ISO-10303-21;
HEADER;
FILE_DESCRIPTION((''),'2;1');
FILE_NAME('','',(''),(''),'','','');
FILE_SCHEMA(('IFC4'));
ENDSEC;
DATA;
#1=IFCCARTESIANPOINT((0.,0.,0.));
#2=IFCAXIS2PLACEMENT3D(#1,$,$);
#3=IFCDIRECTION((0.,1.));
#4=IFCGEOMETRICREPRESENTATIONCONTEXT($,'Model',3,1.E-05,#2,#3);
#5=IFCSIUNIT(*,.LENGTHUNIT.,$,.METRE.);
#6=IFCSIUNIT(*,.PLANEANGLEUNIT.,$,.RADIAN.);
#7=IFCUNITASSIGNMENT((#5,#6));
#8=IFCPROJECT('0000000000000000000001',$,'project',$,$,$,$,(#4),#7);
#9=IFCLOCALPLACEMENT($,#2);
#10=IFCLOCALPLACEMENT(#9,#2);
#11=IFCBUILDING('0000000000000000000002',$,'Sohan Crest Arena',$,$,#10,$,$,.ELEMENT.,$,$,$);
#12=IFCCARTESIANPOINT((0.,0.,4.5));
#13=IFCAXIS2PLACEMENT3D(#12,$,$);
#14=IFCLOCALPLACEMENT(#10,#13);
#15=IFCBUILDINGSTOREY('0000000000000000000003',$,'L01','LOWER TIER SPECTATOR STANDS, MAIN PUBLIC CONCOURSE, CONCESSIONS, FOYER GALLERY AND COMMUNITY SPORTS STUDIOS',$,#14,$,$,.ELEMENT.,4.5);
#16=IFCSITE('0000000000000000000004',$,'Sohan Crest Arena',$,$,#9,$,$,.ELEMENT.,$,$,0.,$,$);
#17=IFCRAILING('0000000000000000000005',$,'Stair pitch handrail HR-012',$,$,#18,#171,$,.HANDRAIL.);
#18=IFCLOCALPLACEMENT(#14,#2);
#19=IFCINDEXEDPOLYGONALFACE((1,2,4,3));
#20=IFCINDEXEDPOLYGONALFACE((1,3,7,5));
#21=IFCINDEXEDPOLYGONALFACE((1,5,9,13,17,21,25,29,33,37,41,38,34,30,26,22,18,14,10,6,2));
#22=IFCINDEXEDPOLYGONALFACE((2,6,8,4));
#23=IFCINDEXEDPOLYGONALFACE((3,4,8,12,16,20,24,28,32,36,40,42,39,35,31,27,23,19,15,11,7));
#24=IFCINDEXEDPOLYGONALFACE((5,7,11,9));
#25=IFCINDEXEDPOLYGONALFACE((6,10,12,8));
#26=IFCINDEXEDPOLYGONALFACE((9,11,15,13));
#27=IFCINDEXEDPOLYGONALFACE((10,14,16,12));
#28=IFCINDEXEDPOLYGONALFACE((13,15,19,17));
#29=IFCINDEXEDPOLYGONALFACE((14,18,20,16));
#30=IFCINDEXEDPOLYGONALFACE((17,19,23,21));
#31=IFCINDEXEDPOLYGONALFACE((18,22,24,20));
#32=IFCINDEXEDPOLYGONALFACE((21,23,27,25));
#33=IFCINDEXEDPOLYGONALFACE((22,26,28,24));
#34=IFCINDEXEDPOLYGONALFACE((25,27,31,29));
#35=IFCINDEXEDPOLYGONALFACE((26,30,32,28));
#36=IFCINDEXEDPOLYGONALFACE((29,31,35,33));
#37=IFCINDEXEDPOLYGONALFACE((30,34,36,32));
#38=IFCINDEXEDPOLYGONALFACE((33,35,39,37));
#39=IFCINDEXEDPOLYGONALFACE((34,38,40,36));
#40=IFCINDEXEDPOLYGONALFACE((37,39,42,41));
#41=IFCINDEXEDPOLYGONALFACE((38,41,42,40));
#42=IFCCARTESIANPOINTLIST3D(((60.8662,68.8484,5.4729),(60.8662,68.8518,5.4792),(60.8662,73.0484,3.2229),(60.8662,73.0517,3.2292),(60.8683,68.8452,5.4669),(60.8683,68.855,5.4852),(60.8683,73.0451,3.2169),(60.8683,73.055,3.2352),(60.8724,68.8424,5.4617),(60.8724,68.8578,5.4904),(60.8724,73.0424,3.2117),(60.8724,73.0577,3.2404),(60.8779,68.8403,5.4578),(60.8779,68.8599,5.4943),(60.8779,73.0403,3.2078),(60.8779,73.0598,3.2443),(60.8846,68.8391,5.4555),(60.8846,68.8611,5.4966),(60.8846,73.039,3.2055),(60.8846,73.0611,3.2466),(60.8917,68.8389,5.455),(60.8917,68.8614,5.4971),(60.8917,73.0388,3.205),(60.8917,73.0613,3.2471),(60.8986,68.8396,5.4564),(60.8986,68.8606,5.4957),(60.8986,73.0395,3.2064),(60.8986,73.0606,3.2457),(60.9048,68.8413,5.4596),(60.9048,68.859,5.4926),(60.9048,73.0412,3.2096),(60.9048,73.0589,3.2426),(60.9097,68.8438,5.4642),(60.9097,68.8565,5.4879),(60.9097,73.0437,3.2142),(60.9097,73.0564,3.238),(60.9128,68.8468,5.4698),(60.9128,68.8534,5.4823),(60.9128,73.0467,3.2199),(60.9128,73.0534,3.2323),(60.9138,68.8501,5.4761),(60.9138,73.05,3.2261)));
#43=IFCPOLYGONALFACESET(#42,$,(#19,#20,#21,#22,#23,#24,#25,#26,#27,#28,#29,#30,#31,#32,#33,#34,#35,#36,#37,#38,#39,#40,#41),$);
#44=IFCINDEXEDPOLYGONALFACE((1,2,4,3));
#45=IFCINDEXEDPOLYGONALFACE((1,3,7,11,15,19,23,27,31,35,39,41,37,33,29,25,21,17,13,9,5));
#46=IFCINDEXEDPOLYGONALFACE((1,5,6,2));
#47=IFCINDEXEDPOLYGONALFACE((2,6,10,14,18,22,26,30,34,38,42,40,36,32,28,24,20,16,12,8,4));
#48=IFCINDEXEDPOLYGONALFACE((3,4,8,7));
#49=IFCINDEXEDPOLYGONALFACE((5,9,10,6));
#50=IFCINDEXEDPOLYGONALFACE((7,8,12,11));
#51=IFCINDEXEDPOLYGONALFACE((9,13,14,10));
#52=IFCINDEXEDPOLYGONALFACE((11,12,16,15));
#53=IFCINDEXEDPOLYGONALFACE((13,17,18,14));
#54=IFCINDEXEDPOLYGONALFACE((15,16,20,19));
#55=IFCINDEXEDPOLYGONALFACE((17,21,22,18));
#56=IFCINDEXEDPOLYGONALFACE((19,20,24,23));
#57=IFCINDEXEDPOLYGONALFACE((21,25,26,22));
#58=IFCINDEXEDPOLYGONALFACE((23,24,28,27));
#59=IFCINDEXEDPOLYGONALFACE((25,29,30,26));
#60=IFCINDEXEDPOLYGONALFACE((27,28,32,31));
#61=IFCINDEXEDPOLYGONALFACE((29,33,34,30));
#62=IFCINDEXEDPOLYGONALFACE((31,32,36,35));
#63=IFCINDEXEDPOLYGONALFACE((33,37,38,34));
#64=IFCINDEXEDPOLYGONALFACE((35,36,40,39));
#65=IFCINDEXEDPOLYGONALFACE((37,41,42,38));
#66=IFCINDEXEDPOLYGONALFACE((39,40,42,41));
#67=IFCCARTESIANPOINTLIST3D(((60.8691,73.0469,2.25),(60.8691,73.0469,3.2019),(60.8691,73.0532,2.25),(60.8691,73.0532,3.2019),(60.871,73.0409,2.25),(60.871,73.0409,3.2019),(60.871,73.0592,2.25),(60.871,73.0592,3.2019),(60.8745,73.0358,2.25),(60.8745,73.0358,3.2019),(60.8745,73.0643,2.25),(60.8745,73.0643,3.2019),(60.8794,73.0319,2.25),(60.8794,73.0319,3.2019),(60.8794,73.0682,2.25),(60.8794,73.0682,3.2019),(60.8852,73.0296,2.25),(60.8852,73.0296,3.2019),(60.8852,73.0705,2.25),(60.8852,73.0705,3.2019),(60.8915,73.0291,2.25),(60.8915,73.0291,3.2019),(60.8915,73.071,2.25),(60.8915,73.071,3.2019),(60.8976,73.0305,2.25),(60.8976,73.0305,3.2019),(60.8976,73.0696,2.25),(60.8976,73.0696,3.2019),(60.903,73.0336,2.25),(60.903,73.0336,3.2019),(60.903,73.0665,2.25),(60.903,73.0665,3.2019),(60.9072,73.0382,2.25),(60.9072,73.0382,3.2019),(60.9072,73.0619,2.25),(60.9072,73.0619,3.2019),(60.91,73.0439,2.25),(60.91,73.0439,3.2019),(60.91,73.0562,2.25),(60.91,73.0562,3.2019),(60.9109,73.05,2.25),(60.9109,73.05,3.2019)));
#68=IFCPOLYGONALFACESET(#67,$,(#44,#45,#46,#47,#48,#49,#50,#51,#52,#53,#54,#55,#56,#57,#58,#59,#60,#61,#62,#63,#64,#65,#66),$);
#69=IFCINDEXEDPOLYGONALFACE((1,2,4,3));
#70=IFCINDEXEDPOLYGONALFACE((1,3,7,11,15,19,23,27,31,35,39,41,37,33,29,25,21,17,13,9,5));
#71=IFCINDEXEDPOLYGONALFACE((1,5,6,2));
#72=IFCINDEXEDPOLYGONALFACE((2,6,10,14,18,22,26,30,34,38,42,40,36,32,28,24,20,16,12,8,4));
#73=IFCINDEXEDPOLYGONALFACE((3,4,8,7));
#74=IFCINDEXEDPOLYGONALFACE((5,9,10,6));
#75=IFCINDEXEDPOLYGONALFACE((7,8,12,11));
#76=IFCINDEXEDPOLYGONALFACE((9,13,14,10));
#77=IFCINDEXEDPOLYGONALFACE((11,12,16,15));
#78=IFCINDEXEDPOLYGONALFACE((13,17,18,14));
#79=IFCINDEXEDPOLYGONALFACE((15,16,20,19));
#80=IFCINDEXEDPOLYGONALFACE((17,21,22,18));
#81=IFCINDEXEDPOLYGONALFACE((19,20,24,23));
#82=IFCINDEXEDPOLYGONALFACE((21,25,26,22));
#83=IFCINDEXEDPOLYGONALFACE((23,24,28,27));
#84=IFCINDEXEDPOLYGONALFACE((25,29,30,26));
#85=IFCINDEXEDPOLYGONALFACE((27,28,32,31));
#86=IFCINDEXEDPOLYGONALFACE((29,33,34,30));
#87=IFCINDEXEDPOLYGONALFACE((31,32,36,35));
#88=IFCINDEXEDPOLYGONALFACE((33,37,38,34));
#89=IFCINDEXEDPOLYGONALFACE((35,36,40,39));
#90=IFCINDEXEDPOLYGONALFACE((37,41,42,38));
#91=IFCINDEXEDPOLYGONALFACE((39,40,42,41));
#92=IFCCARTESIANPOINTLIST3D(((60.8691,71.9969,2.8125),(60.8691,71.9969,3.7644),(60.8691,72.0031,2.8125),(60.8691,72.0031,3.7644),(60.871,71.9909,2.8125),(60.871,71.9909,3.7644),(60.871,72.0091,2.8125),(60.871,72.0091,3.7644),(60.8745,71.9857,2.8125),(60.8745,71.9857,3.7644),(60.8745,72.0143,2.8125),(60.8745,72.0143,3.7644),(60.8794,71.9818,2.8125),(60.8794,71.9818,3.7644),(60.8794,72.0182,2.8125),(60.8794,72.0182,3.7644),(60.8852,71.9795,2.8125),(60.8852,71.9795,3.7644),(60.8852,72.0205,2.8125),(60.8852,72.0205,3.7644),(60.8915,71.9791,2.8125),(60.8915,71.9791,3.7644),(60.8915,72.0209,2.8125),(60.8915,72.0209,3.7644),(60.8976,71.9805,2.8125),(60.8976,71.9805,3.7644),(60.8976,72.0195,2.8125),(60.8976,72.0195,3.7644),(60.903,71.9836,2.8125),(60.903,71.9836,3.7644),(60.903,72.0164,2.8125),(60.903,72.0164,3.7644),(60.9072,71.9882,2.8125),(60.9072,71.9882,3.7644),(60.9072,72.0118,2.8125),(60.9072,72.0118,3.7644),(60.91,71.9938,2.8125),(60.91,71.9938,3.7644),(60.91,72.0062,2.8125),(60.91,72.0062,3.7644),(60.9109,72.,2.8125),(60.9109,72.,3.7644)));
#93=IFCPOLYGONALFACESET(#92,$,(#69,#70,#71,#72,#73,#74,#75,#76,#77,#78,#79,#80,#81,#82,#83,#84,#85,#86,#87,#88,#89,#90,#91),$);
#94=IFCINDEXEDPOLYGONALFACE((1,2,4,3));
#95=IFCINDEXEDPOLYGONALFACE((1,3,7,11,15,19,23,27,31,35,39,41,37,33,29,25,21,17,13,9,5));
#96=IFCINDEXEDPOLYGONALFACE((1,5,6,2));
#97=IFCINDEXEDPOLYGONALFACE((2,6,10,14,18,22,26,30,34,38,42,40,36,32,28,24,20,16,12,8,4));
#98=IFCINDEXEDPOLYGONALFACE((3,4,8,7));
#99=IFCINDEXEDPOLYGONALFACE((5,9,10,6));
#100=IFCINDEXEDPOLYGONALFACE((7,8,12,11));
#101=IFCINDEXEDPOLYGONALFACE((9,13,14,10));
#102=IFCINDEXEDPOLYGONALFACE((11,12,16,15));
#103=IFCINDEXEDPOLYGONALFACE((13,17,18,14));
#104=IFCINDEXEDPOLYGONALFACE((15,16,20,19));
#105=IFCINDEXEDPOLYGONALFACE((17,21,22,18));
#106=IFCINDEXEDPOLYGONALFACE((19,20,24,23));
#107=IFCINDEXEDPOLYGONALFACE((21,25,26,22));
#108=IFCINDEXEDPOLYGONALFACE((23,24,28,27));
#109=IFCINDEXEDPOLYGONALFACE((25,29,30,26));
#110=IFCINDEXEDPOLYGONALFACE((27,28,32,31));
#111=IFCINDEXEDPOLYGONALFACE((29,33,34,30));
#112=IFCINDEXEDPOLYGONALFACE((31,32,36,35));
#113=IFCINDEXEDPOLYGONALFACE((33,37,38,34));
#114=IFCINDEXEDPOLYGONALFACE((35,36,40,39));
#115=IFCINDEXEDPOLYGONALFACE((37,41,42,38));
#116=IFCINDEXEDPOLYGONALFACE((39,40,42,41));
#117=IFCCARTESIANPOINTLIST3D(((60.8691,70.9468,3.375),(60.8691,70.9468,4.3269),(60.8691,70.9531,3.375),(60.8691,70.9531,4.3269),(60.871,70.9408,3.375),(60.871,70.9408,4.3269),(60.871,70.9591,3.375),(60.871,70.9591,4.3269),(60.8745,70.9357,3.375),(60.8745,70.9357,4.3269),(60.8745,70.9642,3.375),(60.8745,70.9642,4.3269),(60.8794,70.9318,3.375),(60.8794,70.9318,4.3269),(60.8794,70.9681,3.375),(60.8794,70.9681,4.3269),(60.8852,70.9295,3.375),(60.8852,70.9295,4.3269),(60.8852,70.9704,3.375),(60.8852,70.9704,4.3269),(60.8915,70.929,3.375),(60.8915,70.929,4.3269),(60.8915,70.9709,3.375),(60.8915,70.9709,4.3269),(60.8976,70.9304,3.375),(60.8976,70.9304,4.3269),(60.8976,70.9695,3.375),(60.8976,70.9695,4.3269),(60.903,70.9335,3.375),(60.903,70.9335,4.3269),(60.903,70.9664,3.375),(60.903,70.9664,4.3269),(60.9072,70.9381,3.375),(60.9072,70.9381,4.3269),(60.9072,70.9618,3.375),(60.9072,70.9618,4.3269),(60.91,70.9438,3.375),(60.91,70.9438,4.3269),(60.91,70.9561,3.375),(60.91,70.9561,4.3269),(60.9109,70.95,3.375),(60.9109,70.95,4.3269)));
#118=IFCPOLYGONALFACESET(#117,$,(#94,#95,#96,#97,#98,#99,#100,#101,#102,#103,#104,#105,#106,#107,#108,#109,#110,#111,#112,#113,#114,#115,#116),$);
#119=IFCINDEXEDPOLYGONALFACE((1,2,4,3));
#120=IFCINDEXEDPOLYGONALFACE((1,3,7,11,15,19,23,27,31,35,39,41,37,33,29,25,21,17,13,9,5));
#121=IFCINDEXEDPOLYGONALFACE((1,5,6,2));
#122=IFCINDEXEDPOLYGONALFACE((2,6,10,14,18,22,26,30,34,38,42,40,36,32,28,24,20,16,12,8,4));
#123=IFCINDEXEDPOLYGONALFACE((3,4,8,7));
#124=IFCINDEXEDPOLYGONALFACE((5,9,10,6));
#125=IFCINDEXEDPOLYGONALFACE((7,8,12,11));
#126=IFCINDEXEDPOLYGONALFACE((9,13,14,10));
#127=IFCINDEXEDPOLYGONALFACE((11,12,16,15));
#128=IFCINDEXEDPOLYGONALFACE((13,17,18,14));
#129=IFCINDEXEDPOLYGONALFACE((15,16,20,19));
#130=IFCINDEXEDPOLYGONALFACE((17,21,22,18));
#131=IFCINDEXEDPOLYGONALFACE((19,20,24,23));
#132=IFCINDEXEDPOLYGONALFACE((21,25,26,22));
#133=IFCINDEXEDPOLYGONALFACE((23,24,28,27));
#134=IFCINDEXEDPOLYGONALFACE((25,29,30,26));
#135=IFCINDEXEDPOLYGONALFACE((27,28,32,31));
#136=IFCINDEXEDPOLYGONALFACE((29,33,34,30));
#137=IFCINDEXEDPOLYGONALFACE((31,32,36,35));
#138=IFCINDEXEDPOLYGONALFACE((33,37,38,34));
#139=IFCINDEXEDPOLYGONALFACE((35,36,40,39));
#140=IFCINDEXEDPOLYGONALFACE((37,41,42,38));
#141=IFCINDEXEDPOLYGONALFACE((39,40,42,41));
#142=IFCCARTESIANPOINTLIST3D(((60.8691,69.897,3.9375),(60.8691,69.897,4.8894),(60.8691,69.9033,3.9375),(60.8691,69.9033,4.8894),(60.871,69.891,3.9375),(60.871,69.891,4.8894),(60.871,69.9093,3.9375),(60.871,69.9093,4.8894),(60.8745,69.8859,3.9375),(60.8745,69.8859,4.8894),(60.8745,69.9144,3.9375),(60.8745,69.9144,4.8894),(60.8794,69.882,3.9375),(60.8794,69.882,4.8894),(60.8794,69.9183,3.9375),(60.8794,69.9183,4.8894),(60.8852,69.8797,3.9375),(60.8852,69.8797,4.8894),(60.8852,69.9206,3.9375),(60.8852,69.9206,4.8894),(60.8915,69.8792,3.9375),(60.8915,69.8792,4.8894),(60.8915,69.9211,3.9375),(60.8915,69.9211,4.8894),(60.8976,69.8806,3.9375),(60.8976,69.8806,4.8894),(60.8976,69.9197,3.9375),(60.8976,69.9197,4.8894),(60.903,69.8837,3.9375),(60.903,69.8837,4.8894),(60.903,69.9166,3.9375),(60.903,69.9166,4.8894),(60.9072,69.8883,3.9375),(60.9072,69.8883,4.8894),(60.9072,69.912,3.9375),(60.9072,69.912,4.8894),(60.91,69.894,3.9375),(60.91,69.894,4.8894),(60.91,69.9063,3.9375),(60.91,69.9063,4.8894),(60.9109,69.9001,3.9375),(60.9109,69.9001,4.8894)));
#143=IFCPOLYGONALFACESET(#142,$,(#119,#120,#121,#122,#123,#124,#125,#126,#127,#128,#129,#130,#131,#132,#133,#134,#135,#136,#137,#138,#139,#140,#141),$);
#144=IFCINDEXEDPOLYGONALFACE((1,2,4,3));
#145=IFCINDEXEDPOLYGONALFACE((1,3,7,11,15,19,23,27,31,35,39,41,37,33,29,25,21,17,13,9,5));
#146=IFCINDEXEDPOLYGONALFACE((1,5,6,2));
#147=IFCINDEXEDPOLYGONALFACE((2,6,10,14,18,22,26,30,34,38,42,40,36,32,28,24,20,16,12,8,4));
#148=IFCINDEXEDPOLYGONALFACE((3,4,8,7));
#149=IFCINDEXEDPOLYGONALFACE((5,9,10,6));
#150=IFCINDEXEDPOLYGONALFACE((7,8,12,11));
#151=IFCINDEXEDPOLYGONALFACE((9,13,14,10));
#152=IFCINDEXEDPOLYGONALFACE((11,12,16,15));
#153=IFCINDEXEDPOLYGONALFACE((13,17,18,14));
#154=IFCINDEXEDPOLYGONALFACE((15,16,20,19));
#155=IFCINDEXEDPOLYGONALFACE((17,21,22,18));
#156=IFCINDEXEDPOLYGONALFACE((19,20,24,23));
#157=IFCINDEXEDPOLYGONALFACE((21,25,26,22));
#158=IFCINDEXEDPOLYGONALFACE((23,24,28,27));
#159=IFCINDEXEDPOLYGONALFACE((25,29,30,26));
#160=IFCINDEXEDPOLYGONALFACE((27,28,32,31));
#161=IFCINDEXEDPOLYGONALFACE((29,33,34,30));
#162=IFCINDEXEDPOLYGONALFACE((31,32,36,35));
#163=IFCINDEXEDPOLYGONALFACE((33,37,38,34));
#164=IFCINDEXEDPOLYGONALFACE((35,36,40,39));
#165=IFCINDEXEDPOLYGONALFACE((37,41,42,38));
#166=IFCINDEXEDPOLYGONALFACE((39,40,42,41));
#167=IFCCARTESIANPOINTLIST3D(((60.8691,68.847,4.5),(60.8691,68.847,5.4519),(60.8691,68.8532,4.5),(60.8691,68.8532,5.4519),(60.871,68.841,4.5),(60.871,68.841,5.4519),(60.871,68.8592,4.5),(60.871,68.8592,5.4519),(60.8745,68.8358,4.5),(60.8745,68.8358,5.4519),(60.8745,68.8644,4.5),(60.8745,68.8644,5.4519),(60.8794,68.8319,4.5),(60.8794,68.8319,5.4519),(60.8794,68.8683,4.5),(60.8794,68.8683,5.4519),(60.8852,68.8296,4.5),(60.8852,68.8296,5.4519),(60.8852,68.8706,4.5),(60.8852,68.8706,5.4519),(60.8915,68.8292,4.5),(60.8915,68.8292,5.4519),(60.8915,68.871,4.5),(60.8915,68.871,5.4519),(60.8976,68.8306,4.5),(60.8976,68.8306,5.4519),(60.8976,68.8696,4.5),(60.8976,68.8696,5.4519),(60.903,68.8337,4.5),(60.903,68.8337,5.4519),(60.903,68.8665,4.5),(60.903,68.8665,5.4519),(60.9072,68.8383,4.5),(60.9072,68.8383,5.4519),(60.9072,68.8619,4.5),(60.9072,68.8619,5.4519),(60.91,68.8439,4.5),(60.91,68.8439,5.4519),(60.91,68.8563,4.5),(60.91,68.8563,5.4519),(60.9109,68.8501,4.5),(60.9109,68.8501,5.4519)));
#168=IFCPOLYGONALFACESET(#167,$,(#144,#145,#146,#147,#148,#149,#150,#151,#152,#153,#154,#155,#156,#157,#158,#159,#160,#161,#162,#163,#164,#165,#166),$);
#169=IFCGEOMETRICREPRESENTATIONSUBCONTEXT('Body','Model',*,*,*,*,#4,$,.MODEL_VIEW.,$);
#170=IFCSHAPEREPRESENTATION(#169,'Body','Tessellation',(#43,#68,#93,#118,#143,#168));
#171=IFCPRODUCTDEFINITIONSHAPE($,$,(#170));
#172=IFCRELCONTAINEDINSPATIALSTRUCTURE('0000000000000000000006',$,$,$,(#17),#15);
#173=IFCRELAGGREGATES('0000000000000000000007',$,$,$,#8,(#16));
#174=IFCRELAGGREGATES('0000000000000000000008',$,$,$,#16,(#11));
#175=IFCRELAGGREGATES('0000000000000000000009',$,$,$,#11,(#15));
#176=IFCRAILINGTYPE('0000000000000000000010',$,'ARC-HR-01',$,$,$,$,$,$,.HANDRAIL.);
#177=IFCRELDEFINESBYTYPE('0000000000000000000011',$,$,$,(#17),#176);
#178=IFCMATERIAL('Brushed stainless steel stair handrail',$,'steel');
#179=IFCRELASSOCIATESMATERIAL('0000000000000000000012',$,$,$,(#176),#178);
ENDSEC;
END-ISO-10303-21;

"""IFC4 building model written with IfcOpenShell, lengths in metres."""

from ifc_helpers import new_model, si_unit, direction, frame, origin, origin_2d, place, context, subcontext, project, spatial, circle, extrude, material, type_object, element, save


model = new_model("IFC4")

# Units and contexts
model_context = context("Model", 3, precision=1e-05, world=origin(), true_north=direction((0.0, 1.0)))
body_context = subcontext(model_context, "Body", "Model", "MODEL_VIEW")
ifc_project = project(units=[si_unit("LENGTHUNIT", "METRE"), si_unit("PLANEANGLEUNIT", "RADIAN")], contexts=[model_context])

# Site, building, storey
site_placement = place(None, origin())
site = spatial("IfcSite", under=ifc_project, at=site_placement, Name="Sohan Crest Arena", CompositionType="ELEMENT", RefElevation=0.0)
building_placement = place(site_placement, origin())
building = spatial("IfcBuilding", under=site, at=building_placement, Name="Sohan Crest Arena", CompositionType="ELEMENT")
storey_placement = place(building_placement, frame((0.0, 0.0, 4.5)))
storey = spatial("IfcBuildingStorey", under=building, at=storey_placement, Name="L01", Description="LOWER TIER SPECTATOR STANDS, MAIN PUBLIC CONCOURSE, CONCESSIONS, FOYER GALLERY AND COMMUNITY SPORTS STUDIOS", CompositionType="ELEMENT", Elevation=4.5)

# Railing
ifc_material_1 = material(Name="Brushed stainless steel stair handrail", Category="steel")
railing_type_1 = type_object("IfcRailingType", Name="ARC-HR-01", PredefinedType="HANDRAIL", material=ifc_material_1)
for number, where, name in (
    (1, (60.8899, 73.05, 2.25), "Stair pitch handrail HR-012"),
):
    element("IfcRailing", number, at=place(storey_placement, frame(where)), inside=storey, type_object=railing_type_1, Name=name, PredefinedType="HANDRAIL", context=body_context, shape_type="SweptSolid", body=[
        extrude(circle(Radius=0.0239, at=origin_2d()), frame((0.0, 0.0, 0.9761), z_axis=(0.0, -0.881478, 0.472226), x_axis=(1.0, 0.0, 0.0)), (0.0, 0.0, 1.0), 4.7646),
        extrude(circle(Radius=0.021, at=origin_2d()), origin(), (0.0, 0.0, 1.0), 0.9519),
        extrude(circle(Radius=0.021, at=origin_2d()), frame((0.0, -1.05, 0.5625)), (0.0, 0.0, 1.0), 0.9519),
        extrude(circle(Radius=0.021, at=origin_2d()), frame((0.0, -2.1001, 1.125)), (0.0, 0.0, 1.0), 0.9519),
        extrude(circle(Radius=0.021, at=origin_2d()), frame((0.0, -3.1499, 1.6875)), (0.0, 0.0, 1.0), 0.9519),
        extrude(circle(Radius=0.021, at=origin_2d()), frame((0.0, -4.2, 2.25)), (0.0, 0.0, 1.0), 0.9519),
    ])

save(model, "model.ifc")
